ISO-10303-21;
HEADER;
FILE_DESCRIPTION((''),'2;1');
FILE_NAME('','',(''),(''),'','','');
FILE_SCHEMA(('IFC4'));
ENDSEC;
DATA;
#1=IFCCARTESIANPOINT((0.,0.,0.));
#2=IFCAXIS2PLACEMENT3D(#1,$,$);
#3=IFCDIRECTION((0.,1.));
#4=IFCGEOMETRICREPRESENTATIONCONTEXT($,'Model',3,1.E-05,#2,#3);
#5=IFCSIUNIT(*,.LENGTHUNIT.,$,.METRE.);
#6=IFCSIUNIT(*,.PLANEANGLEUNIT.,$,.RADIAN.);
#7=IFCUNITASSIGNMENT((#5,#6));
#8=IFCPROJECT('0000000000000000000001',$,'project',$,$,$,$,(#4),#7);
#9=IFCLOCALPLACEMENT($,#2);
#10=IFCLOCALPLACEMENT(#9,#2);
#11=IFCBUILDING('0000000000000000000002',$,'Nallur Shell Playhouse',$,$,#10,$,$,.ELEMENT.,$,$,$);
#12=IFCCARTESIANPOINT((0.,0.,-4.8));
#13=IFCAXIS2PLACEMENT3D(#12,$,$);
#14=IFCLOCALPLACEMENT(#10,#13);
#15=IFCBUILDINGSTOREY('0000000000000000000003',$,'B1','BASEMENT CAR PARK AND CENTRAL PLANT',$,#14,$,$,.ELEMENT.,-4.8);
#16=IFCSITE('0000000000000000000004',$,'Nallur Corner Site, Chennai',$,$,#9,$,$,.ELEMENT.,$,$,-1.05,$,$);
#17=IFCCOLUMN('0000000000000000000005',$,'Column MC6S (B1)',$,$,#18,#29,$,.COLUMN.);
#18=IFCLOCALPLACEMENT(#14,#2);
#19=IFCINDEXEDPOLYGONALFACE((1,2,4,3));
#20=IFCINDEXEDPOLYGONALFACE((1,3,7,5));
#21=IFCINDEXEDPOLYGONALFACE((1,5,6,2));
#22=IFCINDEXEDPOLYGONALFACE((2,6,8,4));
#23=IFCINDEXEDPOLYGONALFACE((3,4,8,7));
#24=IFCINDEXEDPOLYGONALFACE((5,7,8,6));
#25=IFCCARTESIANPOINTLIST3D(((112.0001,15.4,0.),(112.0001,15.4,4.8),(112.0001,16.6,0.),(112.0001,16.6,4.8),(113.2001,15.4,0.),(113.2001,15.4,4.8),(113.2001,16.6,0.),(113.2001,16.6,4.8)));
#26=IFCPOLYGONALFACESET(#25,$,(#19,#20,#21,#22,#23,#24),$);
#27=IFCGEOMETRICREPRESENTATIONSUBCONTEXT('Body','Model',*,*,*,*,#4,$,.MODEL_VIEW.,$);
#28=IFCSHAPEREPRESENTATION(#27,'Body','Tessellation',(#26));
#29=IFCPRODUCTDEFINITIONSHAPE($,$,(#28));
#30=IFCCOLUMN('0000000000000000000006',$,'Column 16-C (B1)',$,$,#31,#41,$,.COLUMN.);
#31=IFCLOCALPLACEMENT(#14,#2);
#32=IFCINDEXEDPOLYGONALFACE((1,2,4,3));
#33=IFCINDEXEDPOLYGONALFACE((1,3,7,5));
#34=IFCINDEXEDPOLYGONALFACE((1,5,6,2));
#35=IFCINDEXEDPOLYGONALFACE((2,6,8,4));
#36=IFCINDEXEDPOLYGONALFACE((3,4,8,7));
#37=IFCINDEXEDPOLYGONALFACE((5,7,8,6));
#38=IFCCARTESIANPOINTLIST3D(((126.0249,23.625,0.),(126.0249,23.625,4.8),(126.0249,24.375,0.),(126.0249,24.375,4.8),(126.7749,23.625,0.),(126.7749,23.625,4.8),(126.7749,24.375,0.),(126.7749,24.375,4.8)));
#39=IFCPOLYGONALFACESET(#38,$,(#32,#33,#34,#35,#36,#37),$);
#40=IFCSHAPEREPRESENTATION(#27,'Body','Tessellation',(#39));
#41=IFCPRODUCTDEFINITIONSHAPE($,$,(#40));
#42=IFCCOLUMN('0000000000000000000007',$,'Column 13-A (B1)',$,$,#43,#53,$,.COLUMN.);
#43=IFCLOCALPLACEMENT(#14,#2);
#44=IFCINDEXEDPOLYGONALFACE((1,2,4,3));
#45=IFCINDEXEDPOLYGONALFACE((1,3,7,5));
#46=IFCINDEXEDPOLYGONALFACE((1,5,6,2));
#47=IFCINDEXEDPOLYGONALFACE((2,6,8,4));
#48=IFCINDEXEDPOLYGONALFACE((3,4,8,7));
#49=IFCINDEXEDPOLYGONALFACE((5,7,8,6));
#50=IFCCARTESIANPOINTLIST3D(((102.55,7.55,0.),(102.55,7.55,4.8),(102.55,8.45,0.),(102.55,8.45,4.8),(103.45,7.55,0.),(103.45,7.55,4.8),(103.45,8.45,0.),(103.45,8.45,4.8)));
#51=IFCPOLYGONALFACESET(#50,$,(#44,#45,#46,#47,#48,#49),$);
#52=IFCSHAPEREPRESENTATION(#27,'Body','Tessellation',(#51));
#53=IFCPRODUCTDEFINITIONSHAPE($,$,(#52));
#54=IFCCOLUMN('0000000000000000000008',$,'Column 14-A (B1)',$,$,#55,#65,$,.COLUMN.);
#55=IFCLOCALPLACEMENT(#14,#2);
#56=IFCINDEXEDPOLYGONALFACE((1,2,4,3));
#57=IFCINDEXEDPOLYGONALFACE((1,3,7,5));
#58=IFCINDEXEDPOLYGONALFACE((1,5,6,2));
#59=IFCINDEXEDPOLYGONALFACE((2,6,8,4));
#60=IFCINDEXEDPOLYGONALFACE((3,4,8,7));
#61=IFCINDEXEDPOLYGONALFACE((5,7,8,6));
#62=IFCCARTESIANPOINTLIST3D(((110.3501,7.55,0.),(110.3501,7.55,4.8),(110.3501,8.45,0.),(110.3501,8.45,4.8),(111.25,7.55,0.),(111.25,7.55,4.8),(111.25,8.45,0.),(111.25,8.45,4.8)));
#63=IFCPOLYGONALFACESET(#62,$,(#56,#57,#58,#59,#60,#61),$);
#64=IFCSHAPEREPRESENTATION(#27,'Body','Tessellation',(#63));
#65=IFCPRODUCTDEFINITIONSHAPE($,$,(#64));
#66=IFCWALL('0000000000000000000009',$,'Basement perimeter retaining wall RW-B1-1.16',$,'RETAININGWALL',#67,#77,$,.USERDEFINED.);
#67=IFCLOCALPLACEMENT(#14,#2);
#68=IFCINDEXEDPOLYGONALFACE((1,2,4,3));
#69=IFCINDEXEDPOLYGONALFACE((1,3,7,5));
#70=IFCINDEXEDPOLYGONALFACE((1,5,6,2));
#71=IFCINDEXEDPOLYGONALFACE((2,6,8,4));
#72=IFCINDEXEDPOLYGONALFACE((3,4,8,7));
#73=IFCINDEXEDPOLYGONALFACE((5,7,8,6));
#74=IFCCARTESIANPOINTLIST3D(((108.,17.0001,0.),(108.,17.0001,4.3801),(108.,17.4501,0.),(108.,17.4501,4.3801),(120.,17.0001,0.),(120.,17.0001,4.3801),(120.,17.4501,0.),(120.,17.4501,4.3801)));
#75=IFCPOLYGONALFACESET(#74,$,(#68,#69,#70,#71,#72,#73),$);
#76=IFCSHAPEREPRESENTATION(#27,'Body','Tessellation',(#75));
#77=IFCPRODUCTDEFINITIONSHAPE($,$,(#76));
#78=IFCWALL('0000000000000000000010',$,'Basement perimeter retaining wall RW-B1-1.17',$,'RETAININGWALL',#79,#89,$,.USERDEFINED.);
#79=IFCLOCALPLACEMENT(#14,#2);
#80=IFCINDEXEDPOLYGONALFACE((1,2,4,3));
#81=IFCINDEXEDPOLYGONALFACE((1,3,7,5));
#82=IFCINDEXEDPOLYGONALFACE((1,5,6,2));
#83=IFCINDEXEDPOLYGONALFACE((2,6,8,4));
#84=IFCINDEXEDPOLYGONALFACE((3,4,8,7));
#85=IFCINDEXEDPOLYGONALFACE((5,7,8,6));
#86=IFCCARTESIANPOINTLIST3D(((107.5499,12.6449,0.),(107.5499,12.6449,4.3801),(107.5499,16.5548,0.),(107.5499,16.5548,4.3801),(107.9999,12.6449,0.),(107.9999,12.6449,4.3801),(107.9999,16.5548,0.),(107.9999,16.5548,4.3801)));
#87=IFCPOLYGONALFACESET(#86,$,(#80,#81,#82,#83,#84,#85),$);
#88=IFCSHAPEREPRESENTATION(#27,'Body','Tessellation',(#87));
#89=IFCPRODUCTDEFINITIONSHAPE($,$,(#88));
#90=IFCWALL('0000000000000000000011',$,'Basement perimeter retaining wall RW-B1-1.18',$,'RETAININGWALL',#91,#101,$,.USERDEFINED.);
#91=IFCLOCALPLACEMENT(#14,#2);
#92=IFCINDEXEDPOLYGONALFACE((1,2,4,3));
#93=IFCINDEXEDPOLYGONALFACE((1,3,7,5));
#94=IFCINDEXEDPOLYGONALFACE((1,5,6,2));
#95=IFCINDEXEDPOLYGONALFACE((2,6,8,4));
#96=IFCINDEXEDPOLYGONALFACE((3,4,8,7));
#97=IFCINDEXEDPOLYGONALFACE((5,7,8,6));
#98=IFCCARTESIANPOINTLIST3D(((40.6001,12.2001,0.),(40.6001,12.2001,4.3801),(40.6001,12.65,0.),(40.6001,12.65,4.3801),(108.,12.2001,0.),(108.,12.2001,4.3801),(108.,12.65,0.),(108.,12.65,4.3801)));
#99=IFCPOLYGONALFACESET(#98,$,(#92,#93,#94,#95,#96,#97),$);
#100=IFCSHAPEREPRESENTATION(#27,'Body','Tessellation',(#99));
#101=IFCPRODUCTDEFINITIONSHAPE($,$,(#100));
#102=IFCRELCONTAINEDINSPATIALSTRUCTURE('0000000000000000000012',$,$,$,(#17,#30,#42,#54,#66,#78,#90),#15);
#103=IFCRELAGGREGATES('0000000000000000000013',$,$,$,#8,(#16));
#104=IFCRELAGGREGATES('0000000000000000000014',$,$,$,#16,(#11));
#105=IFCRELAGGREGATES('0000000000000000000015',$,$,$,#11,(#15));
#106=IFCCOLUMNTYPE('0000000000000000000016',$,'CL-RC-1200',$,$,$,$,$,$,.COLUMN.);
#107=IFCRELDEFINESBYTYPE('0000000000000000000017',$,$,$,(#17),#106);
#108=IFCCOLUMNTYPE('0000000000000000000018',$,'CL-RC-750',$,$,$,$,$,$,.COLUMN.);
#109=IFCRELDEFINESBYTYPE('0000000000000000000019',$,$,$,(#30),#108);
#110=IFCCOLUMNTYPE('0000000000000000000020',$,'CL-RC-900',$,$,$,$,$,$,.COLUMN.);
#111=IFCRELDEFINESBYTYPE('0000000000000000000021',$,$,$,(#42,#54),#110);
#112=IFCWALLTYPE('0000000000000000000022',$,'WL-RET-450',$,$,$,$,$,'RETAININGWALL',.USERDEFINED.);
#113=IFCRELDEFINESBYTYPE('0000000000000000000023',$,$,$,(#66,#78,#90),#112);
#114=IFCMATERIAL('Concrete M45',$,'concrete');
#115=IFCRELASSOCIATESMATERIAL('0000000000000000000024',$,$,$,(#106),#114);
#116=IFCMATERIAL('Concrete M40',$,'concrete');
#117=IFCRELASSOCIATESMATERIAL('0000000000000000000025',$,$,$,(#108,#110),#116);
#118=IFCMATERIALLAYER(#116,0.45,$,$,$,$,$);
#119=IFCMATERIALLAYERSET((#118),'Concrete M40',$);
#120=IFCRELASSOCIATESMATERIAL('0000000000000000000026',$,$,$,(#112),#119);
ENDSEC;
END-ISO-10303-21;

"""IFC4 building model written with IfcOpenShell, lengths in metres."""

from ifc_helpers import new_model, si_unit, direction, frame, frame_2d, origin, origin_2d, place, context, subcontext, project, spatial, rectangle, extrude, material, layer, layer_set, material_profile, profile_set, type_object, element, save


model = new_model("IFC4")

# Units and contexts
model_context = context("Model", 3, precision=1e-05, world=origin(), true_north=direction((0.0, 1.0)))
body_context = subcontext(model_context, "Body", "Model", "MODEL_VIEW")
ifc_project = project(units=[si_unit("LENGTHUNIT", "METRE"), si_unit("PLANEANGLEUNIT", "RADIAN")], contexts=[model_context])

# Site, building, storey
site_placement = place(None, origin())
site = spatial("IfcSite", under=ifc_project, at=site_placement, Name="Nallur Corner Site, Chennai", CompositionType="ELEMENT", RefElevation=-1.05)
building_placement = place(site_placement, origin())
building = spatial("IfcBuilding", under=site, at=building_placement, Name="Nallur Shell Playhouse", CompositionType="ELEMENT")
storey_placement = place(building_placement, frame((0.0, 0.0, -4.8)))
storey = spatial("IfcBuildingStorey", under=building, at=storey_placement, Name="B1", Description="BASEMENT CAR PARK AND CENTRAL PLANT", CompositionType="ELEMENT", Elevation=-4.8)

# Columns
ifc_material_1 = material(Name="Concrete M45", Category="concrete")
ifc_material_profile_1 = material_profile(ifc_material_1, rectangle(XDim=1.2, YDim=1.2, at=origin_2d()), Name="RC 1200x1200")
ifc_profile_set_1 = profile_set([ifc_material_profile_1], Name="Concrete M45")
column_type_1 = type_object("IfcColumnType", Name="CL-RC-1200", PredefinedType="COLUMN", material=ifc_profile_set_1)
column_1_placement = place(storey_placement, frame((112.6001, 16.0, 0.0), z_axis=(0.0, 0.0, 1.0), x_axis=(1.0, 0.0, 0.0)))
element("IfcColumn", 1, at=column_1_placement, inside=storey, type_object=column_type_1, Name="Column MC6S (B1)", PredefinedType="COLUMN", context=body_context, shape_type="SweptSolid", body=[
    extrude(rectangle(XDim=1.2, YDim=1.2, at=origin_2d()), origin(), (0.0, 0.0, 1.0), 4.8),
])
ifc_material_2 = material(Name="Concrete M40", Category="concrete")
ifc_material_profile_2 = material_profile(ifc_material_2, rectangle(XDim=0.75, YDim=0.75, at=origin_2d()), Name="RC 750x750")
ifc_profile_set_2 = profile_set([ifc_material_profile_2], Name="Concrete M40")
column_type_2 = type_object("IfcColumnType", Name="CL-RC-750", PredefinedType="COLUMN", material=ifc_profile_set_2)
column_2_placement = place(storey_placement, frame((126.3999, 24.0, 0.0), z_axis=(0.0, 0.0, 1.0), x_axis=(1.0, 0.0, 0.0)))
element("IfcColumn", 2, at=column_2_placement, inside=storey, type_object=column_type_2, Name="Column 16-C (B1)", PredefinedType="COLUMN", context=body_context, shape_type="SweptSolid", body=[
    extrude(rectangle(XDim=0.75, YDim=0.75, at=origin_2d()), origin(), (0.0, 0.0, 1.0), 4.8),
])
ifc_material_profile_3 = material_profile(ifc_material_2, rectangle(XDim=0.8999, YDim=0.8999, at=origin_2d()), Name="RC 900x900")
ifc_profile_set_3 = profile_set([ifc_material_profile_3], Name="Concrete M40")
column_type_3 = type_object("IfcColumnType", Name="CL-RC-900", PredefinedType="COLUMN", material=ifc_profile_set_3)
for number, where, z_axis, x_axis, name in (
    (3, (103.0, 8.0, 0.0), (0.0, 0.0, 1.0), (1.0, 0.0, 0.0), "Column 13-A (B1)"),
    (4, (110.8, 8.0, 0.0), (0.0, 0.0, 1.0), (1.0, 0.0, 0.0), "Column 14-A (B1)"),
):
    element("IfcColumn", number, at=place(storey_placement, frame(where, z_axis=z_axis, x_axis=x_axis)), inside=storey, type_object=column_type_3, Name=name, PredefinedType="COLUMN", context=body_context, shape_type="SweptSolid", body=[
        extrude(rectangle(XDim=0.8999, YDim=0.8999, at=origin_2d()), origin(), (0.0, 0.0, 1.0), 4.8),
    ])

# Walls
ifc_layer = layer(ifc_material_2, 0.45)
ifc_layer_set = layer_set([ifc_layer], Name="Concrete M40")
wall_type = type_object("IfcWallType", Name="WL-RET-450", ElementType="RETAININGWALL", PredefinedType="USERDEFINED", material=ifc_layer_set)
wall_1_placement = place(storey_placement, frame((120.0, 17.2251, 0.0), z_axis=(0.0, 0.0, 1.0), x_axis=(-1.0, 0.0, 0.0)))
element("IfcWall", 5, at=wall_1_placement, inside=storey, type_object=wall_type, Name="Basement perimeter retaining wall RW-B1-1.16", ObjectType="RETAININGWALL", PredefinedType="USERDEFINED", context=body_context, shape_type="SweptSolid", body=[
    extrude(rectangle(XDim=12.0, YDim=0.45, at=frame_2d((6.0, 0.0))), origin(), (0.0, 0.0, 1.0), 4.3801),
])
wall_2_placement = place(storey_placement, frame((107.7749, 16.5549, 0.0), z_axis=(0.0, 0.0, 1.0), x_axis=(0.0, -1.0, 0.0)))
element("IfcWall", 6, at=wall_2_placement, inside=storey, type_object=wall_type, Name="Basement perimeter retaining wall RW-B1-1.17", ObjectType="RETAININGWALL", PredefinedType="USERDEFINED", context=body_context, shape_type="SweptSolid", body=[
    extrude(rectangle(XDim=3.9099, YDim=0.45, at=frame_2d((1.9551, 0.0))), origin(), (0.0, 0.0, 1.0), 4.3801),
])
wall_3_placement = place(storey_placement, frame((108.0, 12.425, 0.0), z_axis=(0.0, 0.0, 1.0), x_axis=(-1.0, 0.0, 0.0)))
element("IfcWall", 7, at=wall_3_placement, inside=storey, type_object=wall_type, Name="Basement perimeter retaining wall RW-B1-1.18", ObjectType="RETAININGWALL", PredefinedType="USERDEFINED", context=body_context, shape_type="SweptSolid", body=[
    extrude(rectangle(XDim=67.3999, YDim=0.45, at=frame_2d((33.7, 0.0))), origin(), (0.0, 0.0, 1.0), 4.3801),
])

save(model, "model.ifc")
